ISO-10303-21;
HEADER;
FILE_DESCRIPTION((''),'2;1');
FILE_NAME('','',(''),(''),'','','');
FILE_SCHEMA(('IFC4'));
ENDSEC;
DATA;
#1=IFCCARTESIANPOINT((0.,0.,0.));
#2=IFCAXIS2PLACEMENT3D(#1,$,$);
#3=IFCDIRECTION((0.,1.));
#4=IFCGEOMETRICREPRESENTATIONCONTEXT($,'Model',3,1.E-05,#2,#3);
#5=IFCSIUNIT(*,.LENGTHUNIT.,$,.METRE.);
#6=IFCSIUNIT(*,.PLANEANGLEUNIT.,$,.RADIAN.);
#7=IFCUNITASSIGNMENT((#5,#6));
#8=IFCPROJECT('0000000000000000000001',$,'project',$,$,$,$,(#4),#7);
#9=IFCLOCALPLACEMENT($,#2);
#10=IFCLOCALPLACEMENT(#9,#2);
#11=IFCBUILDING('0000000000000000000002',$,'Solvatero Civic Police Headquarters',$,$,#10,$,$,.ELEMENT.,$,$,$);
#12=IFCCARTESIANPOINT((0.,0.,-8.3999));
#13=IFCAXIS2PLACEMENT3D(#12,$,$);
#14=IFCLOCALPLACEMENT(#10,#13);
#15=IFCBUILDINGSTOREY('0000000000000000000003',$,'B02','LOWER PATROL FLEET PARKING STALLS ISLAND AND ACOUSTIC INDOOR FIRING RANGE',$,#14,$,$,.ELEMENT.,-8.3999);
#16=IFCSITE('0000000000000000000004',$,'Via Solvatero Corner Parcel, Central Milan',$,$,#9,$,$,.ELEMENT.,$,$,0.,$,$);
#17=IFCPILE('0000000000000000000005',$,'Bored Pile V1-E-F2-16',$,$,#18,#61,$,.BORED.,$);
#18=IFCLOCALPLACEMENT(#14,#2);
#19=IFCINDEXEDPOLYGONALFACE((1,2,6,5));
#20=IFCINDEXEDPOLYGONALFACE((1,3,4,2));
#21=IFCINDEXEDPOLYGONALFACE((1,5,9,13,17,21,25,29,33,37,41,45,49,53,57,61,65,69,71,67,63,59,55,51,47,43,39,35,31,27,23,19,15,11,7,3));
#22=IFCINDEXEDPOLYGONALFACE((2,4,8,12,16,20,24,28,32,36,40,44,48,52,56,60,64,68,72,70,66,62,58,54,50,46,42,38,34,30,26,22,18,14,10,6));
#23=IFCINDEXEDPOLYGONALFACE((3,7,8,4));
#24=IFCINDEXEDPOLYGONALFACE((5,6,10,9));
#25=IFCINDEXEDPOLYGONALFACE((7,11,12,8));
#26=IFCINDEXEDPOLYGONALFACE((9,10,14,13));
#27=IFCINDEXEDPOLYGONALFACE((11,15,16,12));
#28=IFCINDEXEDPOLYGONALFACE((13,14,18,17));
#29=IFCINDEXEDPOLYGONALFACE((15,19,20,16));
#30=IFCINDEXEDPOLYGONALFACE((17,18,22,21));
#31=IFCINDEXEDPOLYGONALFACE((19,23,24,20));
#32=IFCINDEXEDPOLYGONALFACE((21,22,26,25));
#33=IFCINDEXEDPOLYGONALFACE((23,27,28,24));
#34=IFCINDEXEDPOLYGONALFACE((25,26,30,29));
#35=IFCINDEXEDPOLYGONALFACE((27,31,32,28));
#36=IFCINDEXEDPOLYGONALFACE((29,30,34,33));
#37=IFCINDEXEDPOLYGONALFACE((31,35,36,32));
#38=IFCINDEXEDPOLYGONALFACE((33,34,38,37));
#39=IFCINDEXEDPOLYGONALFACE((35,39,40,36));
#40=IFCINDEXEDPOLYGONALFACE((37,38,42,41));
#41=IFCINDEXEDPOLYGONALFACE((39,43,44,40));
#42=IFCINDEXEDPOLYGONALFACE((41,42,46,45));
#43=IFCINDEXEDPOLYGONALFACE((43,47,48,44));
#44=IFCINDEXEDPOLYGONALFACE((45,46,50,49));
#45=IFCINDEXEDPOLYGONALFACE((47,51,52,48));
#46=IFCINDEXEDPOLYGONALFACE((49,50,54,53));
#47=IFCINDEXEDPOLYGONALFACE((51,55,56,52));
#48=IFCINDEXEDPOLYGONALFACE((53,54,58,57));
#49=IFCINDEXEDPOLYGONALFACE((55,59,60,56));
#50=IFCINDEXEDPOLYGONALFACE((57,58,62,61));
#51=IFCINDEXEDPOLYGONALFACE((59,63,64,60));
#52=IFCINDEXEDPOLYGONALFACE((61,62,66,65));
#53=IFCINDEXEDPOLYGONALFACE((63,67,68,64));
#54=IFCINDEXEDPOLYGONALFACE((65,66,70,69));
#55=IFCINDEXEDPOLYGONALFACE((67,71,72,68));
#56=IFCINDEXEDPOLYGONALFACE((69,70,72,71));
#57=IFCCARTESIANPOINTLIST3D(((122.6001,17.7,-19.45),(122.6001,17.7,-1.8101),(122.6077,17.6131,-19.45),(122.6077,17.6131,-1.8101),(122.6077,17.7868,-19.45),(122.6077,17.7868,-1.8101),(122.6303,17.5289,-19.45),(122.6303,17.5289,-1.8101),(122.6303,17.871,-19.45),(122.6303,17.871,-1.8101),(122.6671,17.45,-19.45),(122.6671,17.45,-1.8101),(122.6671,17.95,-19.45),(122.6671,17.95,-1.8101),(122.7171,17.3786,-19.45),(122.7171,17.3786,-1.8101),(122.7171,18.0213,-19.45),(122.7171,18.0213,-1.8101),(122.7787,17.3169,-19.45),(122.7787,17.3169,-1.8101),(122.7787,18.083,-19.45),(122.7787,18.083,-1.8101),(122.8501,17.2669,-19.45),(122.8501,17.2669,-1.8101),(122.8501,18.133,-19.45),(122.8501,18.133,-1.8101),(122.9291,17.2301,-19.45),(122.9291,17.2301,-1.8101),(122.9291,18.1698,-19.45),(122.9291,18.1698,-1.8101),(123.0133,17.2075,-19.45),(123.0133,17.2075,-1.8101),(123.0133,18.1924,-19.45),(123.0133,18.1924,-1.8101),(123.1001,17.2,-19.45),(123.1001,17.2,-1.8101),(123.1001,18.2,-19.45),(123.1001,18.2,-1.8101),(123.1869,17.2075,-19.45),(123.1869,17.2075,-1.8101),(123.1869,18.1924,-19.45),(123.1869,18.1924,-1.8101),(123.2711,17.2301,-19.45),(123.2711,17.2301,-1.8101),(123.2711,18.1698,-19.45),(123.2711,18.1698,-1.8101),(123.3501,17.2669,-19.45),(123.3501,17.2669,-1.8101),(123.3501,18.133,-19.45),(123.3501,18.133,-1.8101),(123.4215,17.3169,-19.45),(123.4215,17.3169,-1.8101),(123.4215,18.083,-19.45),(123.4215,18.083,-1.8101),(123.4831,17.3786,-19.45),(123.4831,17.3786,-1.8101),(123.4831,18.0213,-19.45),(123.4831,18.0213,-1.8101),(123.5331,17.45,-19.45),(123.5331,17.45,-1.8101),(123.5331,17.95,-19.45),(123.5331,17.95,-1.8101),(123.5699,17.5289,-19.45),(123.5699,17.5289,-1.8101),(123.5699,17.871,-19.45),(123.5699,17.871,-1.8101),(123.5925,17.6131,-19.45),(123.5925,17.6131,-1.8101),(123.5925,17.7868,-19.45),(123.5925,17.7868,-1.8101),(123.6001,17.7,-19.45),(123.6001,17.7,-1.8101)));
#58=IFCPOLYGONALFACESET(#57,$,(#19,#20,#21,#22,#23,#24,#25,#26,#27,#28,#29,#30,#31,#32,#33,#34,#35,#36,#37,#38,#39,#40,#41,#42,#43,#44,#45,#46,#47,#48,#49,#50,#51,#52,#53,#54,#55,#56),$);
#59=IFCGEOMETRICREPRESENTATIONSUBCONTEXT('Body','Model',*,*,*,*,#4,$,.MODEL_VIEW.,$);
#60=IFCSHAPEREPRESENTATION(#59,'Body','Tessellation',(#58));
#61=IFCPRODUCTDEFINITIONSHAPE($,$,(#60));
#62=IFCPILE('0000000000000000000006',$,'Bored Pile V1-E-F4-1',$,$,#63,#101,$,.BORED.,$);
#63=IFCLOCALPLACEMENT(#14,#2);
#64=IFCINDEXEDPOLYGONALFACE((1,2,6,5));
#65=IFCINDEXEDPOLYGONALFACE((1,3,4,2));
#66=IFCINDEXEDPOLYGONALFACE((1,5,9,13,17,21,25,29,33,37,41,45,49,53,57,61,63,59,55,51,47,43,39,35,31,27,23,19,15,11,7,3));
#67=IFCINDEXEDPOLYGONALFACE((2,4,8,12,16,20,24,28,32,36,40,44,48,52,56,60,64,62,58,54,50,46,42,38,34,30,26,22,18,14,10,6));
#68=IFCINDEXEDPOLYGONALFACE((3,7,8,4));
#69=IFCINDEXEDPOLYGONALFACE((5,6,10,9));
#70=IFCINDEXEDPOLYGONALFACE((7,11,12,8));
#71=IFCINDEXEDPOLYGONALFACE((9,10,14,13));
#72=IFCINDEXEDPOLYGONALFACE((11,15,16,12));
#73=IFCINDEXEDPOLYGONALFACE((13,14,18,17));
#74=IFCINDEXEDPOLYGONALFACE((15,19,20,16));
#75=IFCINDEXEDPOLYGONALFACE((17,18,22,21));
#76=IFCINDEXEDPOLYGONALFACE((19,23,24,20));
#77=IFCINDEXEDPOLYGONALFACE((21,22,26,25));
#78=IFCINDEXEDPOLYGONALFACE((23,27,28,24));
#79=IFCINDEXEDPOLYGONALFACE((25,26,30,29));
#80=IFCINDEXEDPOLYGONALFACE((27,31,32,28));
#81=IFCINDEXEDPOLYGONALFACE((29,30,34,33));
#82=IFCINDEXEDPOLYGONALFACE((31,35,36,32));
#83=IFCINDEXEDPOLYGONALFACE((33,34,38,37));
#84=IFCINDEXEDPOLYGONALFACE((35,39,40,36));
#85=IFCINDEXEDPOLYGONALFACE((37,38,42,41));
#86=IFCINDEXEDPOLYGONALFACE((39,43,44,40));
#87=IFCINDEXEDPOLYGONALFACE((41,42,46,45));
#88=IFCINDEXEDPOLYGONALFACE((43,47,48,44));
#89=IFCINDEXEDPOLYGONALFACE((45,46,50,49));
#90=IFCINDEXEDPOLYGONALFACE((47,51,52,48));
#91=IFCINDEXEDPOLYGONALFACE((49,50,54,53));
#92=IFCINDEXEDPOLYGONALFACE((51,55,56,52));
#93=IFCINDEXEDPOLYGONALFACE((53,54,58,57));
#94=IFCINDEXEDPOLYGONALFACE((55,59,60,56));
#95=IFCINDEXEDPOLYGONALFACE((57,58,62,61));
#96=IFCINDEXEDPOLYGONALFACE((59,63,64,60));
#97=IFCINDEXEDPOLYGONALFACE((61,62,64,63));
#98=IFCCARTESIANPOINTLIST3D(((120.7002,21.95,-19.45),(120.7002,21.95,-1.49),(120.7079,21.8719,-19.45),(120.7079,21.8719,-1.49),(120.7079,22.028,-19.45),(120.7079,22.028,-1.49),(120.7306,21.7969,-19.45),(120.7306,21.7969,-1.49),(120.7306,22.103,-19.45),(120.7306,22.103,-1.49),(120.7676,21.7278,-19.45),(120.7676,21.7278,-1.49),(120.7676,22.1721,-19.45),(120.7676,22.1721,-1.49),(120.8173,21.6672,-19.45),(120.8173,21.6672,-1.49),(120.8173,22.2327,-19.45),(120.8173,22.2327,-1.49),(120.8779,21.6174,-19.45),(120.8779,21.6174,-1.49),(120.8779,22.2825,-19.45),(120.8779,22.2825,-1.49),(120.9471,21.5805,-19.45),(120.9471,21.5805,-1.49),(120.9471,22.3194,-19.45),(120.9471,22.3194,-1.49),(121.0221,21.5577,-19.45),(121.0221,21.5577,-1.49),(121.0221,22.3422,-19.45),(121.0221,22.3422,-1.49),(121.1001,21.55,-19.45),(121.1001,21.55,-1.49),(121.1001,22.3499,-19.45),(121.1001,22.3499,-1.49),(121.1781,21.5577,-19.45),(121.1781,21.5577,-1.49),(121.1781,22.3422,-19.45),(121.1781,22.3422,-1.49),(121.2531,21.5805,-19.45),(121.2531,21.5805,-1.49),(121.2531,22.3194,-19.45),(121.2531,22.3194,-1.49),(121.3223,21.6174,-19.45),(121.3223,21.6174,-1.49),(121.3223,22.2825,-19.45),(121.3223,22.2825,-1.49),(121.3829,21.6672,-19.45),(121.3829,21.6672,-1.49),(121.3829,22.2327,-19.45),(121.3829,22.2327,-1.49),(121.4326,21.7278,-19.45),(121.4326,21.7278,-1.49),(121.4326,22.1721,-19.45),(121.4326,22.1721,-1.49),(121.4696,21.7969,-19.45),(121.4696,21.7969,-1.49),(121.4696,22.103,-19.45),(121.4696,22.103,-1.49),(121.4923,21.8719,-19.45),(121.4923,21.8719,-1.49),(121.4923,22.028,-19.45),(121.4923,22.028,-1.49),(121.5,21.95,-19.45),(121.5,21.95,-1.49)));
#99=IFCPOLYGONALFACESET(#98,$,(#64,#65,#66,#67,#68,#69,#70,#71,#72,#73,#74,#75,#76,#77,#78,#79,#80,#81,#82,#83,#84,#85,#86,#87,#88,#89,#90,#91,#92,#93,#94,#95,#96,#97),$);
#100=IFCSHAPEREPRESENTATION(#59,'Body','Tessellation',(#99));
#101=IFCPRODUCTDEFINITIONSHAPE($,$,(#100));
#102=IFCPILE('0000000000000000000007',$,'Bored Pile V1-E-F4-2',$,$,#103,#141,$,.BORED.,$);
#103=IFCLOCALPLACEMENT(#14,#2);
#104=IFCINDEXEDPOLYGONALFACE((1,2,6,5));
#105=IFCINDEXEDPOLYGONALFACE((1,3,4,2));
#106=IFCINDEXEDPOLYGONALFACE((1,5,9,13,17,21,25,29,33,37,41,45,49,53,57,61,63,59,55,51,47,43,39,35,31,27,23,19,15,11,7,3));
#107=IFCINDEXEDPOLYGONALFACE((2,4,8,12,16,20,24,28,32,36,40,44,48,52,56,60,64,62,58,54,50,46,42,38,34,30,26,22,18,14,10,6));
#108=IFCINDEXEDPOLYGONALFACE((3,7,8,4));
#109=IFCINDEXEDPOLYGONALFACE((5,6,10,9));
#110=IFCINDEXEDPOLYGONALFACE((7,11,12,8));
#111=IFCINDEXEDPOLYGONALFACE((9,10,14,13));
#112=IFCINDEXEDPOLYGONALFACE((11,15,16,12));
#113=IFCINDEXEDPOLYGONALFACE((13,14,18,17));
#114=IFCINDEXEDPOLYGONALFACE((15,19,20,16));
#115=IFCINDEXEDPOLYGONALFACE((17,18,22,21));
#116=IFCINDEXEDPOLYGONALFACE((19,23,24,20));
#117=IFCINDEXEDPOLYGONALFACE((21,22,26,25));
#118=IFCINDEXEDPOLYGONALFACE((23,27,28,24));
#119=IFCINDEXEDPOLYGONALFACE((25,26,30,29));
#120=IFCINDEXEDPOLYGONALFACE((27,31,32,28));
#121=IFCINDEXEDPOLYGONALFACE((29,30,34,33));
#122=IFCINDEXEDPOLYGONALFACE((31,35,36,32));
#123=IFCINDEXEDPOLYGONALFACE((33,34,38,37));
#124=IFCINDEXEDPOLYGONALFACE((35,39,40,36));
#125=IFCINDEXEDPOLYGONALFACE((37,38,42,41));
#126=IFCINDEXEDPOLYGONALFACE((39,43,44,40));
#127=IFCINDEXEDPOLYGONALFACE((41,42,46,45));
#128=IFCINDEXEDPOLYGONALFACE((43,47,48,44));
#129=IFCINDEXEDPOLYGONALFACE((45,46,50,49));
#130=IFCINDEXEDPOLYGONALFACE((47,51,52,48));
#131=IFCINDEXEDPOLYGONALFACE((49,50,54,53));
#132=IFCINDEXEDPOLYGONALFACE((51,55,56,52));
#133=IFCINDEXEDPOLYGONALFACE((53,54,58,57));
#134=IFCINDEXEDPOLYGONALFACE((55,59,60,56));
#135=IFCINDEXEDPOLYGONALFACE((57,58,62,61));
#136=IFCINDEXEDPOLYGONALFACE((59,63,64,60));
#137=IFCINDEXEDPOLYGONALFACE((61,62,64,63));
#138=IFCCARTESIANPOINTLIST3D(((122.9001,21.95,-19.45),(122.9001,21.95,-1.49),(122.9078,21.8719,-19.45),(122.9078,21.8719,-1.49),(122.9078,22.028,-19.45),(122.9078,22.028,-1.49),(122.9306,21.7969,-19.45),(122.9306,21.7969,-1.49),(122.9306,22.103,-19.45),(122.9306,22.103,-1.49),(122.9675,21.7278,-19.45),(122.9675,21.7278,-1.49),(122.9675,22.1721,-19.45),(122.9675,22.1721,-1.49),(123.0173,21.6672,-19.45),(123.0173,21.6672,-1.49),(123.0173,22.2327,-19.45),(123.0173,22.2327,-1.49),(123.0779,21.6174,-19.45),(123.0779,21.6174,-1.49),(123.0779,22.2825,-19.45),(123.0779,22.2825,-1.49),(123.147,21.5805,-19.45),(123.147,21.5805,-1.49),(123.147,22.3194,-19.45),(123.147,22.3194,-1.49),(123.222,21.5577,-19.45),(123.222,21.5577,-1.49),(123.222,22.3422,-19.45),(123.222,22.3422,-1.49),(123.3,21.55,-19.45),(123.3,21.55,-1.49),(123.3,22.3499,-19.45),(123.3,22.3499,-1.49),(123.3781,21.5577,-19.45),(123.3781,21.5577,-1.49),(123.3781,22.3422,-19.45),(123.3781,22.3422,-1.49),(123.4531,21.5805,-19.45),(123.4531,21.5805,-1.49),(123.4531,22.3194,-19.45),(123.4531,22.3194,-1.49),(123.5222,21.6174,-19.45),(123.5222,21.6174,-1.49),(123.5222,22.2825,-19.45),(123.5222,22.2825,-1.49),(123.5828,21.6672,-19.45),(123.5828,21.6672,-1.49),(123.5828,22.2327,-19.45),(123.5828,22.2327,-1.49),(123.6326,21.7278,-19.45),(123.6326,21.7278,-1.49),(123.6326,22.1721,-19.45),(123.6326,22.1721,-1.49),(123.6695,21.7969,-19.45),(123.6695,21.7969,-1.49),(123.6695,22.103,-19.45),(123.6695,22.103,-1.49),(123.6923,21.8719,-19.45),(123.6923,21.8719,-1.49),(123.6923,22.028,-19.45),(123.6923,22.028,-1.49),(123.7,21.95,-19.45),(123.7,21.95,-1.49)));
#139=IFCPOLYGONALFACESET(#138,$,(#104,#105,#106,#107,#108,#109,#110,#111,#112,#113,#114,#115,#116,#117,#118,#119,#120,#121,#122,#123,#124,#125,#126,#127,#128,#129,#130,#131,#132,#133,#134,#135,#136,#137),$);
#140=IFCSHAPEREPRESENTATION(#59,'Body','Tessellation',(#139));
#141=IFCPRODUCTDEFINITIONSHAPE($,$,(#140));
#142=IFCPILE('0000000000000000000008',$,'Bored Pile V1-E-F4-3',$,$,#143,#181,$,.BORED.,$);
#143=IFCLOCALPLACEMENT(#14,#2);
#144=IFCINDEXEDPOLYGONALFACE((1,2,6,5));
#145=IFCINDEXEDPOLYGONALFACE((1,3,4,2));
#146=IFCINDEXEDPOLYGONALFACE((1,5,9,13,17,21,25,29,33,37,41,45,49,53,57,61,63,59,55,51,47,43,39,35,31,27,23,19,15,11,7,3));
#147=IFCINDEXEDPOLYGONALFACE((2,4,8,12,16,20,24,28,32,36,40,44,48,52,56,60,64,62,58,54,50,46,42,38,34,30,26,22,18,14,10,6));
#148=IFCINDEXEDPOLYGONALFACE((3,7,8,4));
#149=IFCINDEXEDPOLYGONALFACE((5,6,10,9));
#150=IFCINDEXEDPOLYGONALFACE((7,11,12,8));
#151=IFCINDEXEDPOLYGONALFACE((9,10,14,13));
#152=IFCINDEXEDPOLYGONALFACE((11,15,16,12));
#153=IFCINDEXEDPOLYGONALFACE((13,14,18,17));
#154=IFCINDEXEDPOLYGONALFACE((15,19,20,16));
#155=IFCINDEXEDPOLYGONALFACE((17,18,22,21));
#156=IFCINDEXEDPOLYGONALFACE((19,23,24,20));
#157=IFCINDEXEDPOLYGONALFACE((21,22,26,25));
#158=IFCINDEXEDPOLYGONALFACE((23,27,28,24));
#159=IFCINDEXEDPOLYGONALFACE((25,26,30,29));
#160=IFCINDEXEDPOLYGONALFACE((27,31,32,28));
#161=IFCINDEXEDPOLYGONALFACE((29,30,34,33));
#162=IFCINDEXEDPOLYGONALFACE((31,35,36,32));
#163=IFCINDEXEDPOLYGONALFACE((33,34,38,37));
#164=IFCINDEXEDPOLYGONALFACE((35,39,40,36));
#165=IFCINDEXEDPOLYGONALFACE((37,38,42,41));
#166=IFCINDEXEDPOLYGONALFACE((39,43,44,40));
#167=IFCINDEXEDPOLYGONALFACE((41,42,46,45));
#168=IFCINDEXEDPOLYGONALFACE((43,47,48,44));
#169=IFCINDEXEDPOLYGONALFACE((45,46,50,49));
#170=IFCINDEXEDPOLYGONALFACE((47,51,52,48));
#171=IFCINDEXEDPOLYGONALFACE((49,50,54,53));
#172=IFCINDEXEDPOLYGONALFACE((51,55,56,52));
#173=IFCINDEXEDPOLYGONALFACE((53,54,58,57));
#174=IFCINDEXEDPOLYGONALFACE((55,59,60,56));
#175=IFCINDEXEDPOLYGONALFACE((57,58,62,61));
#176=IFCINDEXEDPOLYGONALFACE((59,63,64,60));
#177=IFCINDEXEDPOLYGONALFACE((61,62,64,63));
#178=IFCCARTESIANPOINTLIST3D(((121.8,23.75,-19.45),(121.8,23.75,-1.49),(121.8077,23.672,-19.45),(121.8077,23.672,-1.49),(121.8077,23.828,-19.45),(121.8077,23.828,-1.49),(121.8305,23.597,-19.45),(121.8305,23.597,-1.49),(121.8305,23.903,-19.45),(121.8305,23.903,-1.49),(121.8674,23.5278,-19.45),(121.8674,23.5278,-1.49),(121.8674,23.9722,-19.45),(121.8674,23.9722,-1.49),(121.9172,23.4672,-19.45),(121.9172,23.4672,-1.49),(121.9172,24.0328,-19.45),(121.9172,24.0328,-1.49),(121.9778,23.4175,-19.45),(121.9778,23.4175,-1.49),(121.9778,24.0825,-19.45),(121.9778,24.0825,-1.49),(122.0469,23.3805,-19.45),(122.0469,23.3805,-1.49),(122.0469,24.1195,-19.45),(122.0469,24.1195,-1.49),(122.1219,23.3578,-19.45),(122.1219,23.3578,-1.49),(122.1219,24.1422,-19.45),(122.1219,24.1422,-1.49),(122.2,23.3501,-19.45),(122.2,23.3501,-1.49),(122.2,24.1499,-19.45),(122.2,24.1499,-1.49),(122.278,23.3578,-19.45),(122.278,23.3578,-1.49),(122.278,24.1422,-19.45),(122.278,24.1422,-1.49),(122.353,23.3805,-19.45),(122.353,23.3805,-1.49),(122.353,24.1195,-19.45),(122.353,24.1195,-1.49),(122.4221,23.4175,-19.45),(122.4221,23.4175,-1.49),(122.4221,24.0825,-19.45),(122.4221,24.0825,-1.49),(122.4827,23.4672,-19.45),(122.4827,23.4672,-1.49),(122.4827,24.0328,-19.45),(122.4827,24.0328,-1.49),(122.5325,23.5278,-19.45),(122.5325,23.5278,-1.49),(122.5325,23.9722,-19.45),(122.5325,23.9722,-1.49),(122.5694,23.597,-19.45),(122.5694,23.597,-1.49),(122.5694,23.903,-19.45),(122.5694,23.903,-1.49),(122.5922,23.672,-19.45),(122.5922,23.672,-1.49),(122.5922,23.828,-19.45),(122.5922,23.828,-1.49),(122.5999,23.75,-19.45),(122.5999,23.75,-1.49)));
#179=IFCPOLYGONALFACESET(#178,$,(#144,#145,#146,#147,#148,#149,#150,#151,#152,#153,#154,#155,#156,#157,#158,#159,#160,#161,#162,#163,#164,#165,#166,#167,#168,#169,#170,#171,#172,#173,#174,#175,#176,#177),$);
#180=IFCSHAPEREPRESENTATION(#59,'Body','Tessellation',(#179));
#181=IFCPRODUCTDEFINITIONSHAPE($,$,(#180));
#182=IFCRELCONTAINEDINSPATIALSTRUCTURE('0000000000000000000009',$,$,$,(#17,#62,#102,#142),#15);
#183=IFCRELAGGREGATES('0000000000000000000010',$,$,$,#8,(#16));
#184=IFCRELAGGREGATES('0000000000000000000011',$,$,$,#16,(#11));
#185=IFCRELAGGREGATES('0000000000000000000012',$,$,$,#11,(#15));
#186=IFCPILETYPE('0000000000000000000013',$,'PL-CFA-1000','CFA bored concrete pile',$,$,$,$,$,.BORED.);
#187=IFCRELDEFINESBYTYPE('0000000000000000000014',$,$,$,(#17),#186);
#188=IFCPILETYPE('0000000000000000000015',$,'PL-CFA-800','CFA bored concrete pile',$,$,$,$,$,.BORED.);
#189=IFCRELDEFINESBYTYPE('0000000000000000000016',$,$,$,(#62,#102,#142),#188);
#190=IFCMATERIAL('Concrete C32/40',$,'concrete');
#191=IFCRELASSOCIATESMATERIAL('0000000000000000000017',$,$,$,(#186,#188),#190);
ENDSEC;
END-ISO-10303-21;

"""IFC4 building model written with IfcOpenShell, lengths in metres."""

from ifc_helpers import new_model, si_unit, direction, frame, origin, origin_2d, place, context, subcontext, project, spatial, circle, extrude, material, material_profile, profile_set, type_object, element, save


model = new_model("IFC4")

# Units and contexts
model_context = context("Model", 3, precision=1e-05, world=origin(), true_north=direction((0.0, 1.0)))
body_context = subcontext(model_context, "Body", "Model", "MODEL_VIEW")
ifc_project = project(units=[si_unit("LENGTHUNIT", "METRE"), si_unit("PLANEANGLEUNIT", "RADIAN")], contexts=[model_context])

# Site, building, storey
site_placement = place(None, origin())
site = spatial("IfcSite", under=ifc_project, at=site_placement, Name="Via Solvatero Corner Parcel, Central Milan", CompositionType="ELEMENT", RefElevation=0.0)
building_placement = place(site_placement, origin())
building = spatial("IfcBuilding", under=site, at=building_placement, Name="Solvatero Civic Police Headquarters", CompositionType="ELEMENT")
storey_placement = place(building_placement, frame((0.0, 0.0, -8.3999)))
storey = spatial("IfcBuildingStorey", under=building, at=storey_placement, Name="B02", Description="LOWER PATROL FLEET PARKING STALLS ISLAND AND ACOUSTIC INDOOR FIRING RANGE", CompositionType="ELEMENT", Elevation=-8.3999)

# Piles
ifc_material_1 = material(Name="Concrete C32/40", Category="concrete")
ifc_material_profile_1 = material_profile(ifc_material_1, circle(Radius=0.5, at=origin_2d()), Name="CFA PILE D1000")
ifc_profile_set_1 = profile_set([ifc_material_profile_1], Name="Concrete C32/40")
pile_type_1 = type_object("IfcPileType", Name="PL-CFA-1000", Description="CFA bored concrete pile", PredefinedType="BORED", material=ifc_profile_set_1)
for number, where, z_axis, x_axis, name in (
    (1, (123.1001, 17.7, -1.8101), (0.0, 0.0, -1.0), (1.0, 0.0, 0.0), "Bored Pile V1-E-F2-16"),
):
    element("IfcPile", number, at=place(storey_placement, frame(where, z_axis=z_axis, x_axis=x_axis)), inside=storey, type_object=pile_type_1, Name=name, PredefinedType="BORED", context=body_context, shape_type="SweptSolid", body=[
        extrude(circle(Radius=0.5, at=origin_2d()), origin(), (0.0, 0.0, 1.0), 17.6399),
    ])
ifc_material_profile_2 = material_profile(ifc_material_1, circle(Radius=0.3999, at=origin_2d()), Name="CFA PILE D800")
ifc_profile_set_2 = profile_set([ifc_material_profile_2], Name="Concrete C32/40")
pile_type_2 = type_object("IfcPileType", Name="PL-CFA-800", Description="CFA bored concrete pile", PredefinedType="BORED", material=ifc_profile_set_2)
for number, where, z_axis, x_axis, name in (
    (2, (121.1001, 21.95, -1.49), (0.0, 0.0, -1.0), (1.0, 0.0, 0.0), "Bored Pile V1-E-F4-1"),
    (3, (123.3, 21.95, -1.49), (0.0, 0.0, -1.0), (1.0, 0.0, 0.0), "Bored Pile V1-E-F4-2"),
    (4, (122.2, 23.75, -1.49), (0.0, 0.0, -1.0), (1.0, 0.0, 0.0), "Bored Pile V1-E-F4-3"),
):
    element("IfcPile", number, at=place(storey_placement, frame(where, z_axis=z_axis, x_axis=x_axis)), inside=storey, type_object=pile_type_2, Name=name, PredefinedType="BORED", context=body_context, shape_type="SweptSolid", body=[
        extrude(circle(Radius=0.3999, at=origin_2d()), origin(), (0.0, 0.0, 1.0), 17.96),
    ])

save(model, "model.ifc")
